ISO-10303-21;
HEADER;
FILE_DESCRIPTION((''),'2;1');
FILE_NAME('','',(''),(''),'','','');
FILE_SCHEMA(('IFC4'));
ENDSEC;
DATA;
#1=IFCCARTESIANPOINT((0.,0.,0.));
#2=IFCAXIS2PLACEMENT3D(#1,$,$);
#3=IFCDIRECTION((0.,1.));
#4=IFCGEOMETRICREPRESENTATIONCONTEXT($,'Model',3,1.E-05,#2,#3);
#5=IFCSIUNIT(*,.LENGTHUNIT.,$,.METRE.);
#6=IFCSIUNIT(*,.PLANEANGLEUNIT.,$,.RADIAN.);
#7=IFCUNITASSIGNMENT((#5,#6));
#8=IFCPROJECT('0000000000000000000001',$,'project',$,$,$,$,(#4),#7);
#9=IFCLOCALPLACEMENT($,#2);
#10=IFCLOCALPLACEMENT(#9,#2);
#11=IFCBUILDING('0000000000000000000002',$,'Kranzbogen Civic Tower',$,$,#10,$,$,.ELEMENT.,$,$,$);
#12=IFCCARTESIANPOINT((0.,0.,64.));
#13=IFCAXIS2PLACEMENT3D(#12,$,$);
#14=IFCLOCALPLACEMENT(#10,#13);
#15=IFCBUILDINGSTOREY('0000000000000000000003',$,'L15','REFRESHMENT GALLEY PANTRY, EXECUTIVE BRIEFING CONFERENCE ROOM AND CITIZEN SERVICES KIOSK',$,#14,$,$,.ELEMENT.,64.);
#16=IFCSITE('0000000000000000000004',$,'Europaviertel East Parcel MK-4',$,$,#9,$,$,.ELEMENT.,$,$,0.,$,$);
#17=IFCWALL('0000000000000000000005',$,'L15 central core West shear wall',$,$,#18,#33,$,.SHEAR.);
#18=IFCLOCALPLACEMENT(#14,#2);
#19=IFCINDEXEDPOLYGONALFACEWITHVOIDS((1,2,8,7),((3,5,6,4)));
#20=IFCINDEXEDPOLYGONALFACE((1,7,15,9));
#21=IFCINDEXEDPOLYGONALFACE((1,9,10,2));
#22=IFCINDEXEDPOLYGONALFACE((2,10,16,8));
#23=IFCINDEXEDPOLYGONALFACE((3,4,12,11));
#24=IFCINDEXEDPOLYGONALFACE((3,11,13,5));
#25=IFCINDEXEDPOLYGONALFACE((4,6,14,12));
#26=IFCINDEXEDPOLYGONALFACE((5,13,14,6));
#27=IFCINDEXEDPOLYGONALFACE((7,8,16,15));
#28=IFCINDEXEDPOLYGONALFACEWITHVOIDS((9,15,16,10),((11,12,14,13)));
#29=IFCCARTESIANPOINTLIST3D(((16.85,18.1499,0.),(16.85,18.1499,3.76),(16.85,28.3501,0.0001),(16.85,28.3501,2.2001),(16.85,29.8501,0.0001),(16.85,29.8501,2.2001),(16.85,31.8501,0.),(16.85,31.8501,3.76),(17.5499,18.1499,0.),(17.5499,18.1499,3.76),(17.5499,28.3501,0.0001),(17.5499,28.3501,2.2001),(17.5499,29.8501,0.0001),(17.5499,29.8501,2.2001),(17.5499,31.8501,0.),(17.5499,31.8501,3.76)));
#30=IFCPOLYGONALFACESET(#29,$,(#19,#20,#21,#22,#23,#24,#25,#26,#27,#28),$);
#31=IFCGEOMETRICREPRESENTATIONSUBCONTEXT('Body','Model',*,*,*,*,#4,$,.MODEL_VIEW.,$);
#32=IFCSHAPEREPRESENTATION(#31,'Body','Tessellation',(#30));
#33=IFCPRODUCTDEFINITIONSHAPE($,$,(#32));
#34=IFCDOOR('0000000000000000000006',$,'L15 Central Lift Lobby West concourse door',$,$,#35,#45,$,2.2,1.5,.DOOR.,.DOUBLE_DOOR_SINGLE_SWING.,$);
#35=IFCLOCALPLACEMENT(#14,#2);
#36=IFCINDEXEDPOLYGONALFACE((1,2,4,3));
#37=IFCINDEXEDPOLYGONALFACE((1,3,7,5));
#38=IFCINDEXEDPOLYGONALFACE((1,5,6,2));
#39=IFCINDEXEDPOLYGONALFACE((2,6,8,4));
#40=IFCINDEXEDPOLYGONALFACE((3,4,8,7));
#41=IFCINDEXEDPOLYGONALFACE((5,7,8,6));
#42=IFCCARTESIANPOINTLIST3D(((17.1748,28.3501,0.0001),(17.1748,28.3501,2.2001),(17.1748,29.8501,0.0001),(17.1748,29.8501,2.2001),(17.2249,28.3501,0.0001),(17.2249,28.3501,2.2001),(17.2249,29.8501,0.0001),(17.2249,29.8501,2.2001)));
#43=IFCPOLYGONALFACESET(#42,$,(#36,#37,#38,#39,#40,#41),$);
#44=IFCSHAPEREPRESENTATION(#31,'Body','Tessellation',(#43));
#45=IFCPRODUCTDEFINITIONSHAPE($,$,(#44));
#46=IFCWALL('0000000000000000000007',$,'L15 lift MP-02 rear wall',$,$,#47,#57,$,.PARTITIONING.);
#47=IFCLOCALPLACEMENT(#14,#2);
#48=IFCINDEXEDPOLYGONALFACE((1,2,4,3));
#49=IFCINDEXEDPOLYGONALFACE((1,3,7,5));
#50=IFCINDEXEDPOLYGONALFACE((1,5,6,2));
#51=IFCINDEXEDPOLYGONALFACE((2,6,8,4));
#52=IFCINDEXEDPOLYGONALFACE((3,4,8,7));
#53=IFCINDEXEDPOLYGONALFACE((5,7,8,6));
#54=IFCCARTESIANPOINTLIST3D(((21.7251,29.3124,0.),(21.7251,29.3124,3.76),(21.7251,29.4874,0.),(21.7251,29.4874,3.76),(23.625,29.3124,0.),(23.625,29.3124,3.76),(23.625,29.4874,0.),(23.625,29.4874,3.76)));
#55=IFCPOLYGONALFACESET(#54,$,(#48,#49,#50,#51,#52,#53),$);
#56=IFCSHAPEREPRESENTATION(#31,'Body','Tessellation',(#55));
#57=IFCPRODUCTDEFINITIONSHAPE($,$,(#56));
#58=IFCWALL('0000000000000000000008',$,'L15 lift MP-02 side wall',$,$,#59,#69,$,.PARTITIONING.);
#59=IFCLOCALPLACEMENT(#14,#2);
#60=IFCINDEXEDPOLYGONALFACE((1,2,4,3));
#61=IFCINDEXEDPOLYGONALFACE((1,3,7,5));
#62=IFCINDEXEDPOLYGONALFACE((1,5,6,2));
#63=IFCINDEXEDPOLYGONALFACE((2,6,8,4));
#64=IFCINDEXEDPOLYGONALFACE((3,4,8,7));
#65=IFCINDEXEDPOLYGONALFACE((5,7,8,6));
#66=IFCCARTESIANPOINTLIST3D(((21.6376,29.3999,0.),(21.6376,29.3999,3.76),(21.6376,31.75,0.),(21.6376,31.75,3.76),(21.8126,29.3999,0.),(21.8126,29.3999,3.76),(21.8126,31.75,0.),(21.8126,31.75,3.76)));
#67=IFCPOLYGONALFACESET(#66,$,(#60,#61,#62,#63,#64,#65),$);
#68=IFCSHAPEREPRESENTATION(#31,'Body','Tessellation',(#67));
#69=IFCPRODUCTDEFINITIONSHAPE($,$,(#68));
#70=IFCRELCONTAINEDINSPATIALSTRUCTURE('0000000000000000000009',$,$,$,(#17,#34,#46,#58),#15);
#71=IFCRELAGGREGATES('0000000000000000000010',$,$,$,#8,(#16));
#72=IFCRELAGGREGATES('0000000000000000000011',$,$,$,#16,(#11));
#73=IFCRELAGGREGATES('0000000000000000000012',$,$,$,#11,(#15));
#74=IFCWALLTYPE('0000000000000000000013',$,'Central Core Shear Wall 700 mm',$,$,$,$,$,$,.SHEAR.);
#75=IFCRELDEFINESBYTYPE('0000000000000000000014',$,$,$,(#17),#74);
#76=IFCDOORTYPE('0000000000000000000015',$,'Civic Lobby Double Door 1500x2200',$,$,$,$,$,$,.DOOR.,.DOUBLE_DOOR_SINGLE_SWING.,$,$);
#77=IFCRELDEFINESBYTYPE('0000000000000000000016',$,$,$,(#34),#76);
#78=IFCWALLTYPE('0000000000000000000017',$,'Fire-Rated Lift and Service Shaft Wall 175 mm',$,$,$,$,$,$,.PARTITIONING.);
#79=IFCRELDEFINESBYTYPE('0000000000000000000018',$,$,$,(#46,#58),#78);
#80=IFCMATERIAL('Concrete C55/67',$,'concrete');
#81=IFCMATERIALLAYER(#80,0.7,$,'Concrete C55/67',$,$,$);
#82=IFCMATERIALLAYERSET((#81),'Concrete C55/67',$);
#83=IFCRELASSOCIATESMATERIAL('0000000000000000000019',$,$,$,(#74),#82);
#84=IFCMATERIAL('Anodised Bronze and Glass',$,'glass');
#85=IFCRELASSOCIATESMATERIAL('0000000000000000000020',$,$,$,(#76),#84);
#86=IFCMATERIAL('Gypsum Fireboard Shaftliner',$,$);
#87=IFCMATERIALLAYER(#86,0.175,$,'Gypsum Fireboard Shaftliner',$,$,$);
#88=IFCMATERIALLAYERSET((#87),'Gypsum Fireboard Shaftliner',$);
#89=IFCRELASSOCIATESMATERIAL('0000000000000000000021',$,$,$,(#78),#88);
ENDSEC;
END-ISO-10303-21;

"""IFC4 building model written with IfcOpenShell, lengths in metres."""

from ifc_helpers import new_model, si_unit, direction, frame, frame_2d, origin, place, context, subcontext, project, spatial, rectangle, extrude, material, layer, layer_set, type_object, element, fill, save


model = new_model("IFC4")

# Units and contexts
model_context = context("Model", 3, precision=1e-05, world=origin(), true_north=direction((0.0, 1.0)))
body_context = subcontext(model_context, "Body", "Model", "MODEL_VIEW")
ifc_project = project(units=[si_unit("LENGTHUNIT", "METRE"), si_unit("PLANEANGLEUNIT", "RADIAN")], contexts=[model_context])

# Site, building, storey
site_placement = place(None, origin())
site = spatial("IfcSite", under=ifc_project, at=site_placement, Name="Europaviertel East Parcel MK-4", CompositionType="ELEMENT", RefElevation=0.0)
building_placement = place(site_placement, origin())
building = spatial("IfcBuilding", under=site, at=building_placement, Name="Kranzbogen Civic Tower", CompositionType="ELEMENT")
storey_placement = place(building_placement, frame((0.0, 0.0, 64.0)))
storey = spatial("IfcBuildingStorey", under=building, at=storey_placement, Name="L15", Description="REFRESHMENT GALLEY PANTRY, EXECUTIVE BRIEFING CONFERENCE ROOM AND CITIZEN SERVICES KIOSK", CompositionType="ELEMENT", Elevation=64.0)

# Wall, opening, door
ifc_material_1 = material(Name="Concrete C55/67", Category="concrete")
ifc_layer_1 = layer(ifc_material_1, 0.7, Name="Concrete C55/67")
ifc_layer_set_1 = layer_set([ifc_layer_1], Name="Concrete C55/67")
wall_type_1 = type_object("IfcWallType", Name="Central Core Shear Wall 700 mm", PredefinedType="SHEAR", material=ifc_layer_set_1)
wall_1_placement = place(storey_placement, frame((17.2, 31.8501, 0.0), z_axis=(0.0, 0.0, 1.0), x_axis=(0.0, -1.0, 0.0)))
wall_1 = element("IfcWall", 1, at=wall_1_placement, inside=storey, type_object=wall_type_1, Name="L15 central core West shear wall", PredefinedType="SHEAR", context=body_context, shape_type="SweptSolid", body=[
    extrude(rectangle(XDim=13.7002, YDim=0.7, at=frame_2d((6.8501, 0.0))), origin(), (0.0, 0.0, 1.0), 3.76),
])
opening_1_placement = place(wall_1_placement, frame((2.0, 0.0, 0.0)))
opening_1 = element("IfcOpeningElement", 2, at=opening_1_placement, cuts=wall_1, PredefinedType="OPENING", context=body_context, shape_type="SweptSolid", body=[
    extrude(rectangle(XDim=1.5, YDim=2.2, at=frame_2d((0.75, 1.1001))), frame((0.0, 0.3599, 0.0), z_axis=(0.0, -1.0, 0.0), x_axis=(1.0, 0.0, 0.0)), (0.0, 0.0, 1.0), 0.72),
])
ifc_material_2 = material(Name="Anodised Bronze and Glass", Category="glass")
door_type_1 = type_object("IfcDoorType", Name="Civic Lobby Double Door 1500x2200", OperationType="DOUBLE_DOOR_SINGLE_SWING", PredefinedType="DOOR", material=ifc_material_2)
door_1_placement = place(opening_1_placement, origin())
door_1 = element("IfcDoor", 3, at=door_1_placement, inside=storey, type_object=door_type_1, Name="L15 Central Lift Lobby West concourse door", OperationType="DOUBLE_DOOR_SINGLE_SWING", OverallHeight=2.2, OverallWidth=1.5, PredefinedType="DOOR", context=body_context, shape_type="SweptSolid", body=[
    extrude(rectangle(XDim=1.5, YDim=2.2, at=frame_2d((0.75, 1.1001))), frame((0.0, 0.0249, 0.0), z_axis=(0.0, -1.0, 0.0), x_axis=(1.0, 0.0, 0.0)), (0.0, 0.0, 1.0), 0.05),
])
fill(opening_1, door_1)

# Walls
ifc_material_3 = material(Name="Gypsum Fireboard Shaftliner")
ifc_layer_2 = layer(ifc_material_3, 0.175, Name="Gypsum Fireboard Shaftliner")
ifc_layer_set_2 = layer_set([ifc_layer_2], Name="Gypsum Fireboard Shaftliner")
wall_type_2 = type_object("IfcWallType", Name="Fire-Rated Lift and Service Shaft Wall 175 mm", PredefinedType="PARTITIONING", material=ifc_layer_set_2)
wall_2_placement = place(storey_placement, frame((21.7251, 29.3999, 0.0), z_axis=(0.0, 0.0, 1.0), x_axis=(1.0, 0.0, 0.0)))
element("IfcWall", 4, at=wall_2_placement, inside=storey, type_object=wall_type_2, Name="L15 lift MP-02 rear wall", PredefinedType="PARTITIONING", context=body_context, shape_type="SweptSolid", body=[
    extrude(rectangle(XDim=1.8999, YDim=0.175, at=frame_2d((0.95, 0.0))), origin(), (0.0, 0.0, 1.0), 3.76),
])
wall_3_placement = place(storey_placement, frame((21.7251, 29.3999, 0.0), z_axis=(0.0, 0.0, 1.0), x_axis=(0.0, 1.0, 0.0)))
element("IfcWall", 5, at=wall_3_placement, inside=storey, type_object=wall_type_2, Name="L15 lift MP-02 side wall", PredefinedType="PARTITIONING", context=body_context, shape_type="SweptSolid", body=[
    extrude(rectangle(XDim=2.3501, YDim=0.175, at=frame_2d((1.175, 0.0))), origin(), (0.0, 0.0, 1.0), 3.76),
])

save(model, "model.ifc")
